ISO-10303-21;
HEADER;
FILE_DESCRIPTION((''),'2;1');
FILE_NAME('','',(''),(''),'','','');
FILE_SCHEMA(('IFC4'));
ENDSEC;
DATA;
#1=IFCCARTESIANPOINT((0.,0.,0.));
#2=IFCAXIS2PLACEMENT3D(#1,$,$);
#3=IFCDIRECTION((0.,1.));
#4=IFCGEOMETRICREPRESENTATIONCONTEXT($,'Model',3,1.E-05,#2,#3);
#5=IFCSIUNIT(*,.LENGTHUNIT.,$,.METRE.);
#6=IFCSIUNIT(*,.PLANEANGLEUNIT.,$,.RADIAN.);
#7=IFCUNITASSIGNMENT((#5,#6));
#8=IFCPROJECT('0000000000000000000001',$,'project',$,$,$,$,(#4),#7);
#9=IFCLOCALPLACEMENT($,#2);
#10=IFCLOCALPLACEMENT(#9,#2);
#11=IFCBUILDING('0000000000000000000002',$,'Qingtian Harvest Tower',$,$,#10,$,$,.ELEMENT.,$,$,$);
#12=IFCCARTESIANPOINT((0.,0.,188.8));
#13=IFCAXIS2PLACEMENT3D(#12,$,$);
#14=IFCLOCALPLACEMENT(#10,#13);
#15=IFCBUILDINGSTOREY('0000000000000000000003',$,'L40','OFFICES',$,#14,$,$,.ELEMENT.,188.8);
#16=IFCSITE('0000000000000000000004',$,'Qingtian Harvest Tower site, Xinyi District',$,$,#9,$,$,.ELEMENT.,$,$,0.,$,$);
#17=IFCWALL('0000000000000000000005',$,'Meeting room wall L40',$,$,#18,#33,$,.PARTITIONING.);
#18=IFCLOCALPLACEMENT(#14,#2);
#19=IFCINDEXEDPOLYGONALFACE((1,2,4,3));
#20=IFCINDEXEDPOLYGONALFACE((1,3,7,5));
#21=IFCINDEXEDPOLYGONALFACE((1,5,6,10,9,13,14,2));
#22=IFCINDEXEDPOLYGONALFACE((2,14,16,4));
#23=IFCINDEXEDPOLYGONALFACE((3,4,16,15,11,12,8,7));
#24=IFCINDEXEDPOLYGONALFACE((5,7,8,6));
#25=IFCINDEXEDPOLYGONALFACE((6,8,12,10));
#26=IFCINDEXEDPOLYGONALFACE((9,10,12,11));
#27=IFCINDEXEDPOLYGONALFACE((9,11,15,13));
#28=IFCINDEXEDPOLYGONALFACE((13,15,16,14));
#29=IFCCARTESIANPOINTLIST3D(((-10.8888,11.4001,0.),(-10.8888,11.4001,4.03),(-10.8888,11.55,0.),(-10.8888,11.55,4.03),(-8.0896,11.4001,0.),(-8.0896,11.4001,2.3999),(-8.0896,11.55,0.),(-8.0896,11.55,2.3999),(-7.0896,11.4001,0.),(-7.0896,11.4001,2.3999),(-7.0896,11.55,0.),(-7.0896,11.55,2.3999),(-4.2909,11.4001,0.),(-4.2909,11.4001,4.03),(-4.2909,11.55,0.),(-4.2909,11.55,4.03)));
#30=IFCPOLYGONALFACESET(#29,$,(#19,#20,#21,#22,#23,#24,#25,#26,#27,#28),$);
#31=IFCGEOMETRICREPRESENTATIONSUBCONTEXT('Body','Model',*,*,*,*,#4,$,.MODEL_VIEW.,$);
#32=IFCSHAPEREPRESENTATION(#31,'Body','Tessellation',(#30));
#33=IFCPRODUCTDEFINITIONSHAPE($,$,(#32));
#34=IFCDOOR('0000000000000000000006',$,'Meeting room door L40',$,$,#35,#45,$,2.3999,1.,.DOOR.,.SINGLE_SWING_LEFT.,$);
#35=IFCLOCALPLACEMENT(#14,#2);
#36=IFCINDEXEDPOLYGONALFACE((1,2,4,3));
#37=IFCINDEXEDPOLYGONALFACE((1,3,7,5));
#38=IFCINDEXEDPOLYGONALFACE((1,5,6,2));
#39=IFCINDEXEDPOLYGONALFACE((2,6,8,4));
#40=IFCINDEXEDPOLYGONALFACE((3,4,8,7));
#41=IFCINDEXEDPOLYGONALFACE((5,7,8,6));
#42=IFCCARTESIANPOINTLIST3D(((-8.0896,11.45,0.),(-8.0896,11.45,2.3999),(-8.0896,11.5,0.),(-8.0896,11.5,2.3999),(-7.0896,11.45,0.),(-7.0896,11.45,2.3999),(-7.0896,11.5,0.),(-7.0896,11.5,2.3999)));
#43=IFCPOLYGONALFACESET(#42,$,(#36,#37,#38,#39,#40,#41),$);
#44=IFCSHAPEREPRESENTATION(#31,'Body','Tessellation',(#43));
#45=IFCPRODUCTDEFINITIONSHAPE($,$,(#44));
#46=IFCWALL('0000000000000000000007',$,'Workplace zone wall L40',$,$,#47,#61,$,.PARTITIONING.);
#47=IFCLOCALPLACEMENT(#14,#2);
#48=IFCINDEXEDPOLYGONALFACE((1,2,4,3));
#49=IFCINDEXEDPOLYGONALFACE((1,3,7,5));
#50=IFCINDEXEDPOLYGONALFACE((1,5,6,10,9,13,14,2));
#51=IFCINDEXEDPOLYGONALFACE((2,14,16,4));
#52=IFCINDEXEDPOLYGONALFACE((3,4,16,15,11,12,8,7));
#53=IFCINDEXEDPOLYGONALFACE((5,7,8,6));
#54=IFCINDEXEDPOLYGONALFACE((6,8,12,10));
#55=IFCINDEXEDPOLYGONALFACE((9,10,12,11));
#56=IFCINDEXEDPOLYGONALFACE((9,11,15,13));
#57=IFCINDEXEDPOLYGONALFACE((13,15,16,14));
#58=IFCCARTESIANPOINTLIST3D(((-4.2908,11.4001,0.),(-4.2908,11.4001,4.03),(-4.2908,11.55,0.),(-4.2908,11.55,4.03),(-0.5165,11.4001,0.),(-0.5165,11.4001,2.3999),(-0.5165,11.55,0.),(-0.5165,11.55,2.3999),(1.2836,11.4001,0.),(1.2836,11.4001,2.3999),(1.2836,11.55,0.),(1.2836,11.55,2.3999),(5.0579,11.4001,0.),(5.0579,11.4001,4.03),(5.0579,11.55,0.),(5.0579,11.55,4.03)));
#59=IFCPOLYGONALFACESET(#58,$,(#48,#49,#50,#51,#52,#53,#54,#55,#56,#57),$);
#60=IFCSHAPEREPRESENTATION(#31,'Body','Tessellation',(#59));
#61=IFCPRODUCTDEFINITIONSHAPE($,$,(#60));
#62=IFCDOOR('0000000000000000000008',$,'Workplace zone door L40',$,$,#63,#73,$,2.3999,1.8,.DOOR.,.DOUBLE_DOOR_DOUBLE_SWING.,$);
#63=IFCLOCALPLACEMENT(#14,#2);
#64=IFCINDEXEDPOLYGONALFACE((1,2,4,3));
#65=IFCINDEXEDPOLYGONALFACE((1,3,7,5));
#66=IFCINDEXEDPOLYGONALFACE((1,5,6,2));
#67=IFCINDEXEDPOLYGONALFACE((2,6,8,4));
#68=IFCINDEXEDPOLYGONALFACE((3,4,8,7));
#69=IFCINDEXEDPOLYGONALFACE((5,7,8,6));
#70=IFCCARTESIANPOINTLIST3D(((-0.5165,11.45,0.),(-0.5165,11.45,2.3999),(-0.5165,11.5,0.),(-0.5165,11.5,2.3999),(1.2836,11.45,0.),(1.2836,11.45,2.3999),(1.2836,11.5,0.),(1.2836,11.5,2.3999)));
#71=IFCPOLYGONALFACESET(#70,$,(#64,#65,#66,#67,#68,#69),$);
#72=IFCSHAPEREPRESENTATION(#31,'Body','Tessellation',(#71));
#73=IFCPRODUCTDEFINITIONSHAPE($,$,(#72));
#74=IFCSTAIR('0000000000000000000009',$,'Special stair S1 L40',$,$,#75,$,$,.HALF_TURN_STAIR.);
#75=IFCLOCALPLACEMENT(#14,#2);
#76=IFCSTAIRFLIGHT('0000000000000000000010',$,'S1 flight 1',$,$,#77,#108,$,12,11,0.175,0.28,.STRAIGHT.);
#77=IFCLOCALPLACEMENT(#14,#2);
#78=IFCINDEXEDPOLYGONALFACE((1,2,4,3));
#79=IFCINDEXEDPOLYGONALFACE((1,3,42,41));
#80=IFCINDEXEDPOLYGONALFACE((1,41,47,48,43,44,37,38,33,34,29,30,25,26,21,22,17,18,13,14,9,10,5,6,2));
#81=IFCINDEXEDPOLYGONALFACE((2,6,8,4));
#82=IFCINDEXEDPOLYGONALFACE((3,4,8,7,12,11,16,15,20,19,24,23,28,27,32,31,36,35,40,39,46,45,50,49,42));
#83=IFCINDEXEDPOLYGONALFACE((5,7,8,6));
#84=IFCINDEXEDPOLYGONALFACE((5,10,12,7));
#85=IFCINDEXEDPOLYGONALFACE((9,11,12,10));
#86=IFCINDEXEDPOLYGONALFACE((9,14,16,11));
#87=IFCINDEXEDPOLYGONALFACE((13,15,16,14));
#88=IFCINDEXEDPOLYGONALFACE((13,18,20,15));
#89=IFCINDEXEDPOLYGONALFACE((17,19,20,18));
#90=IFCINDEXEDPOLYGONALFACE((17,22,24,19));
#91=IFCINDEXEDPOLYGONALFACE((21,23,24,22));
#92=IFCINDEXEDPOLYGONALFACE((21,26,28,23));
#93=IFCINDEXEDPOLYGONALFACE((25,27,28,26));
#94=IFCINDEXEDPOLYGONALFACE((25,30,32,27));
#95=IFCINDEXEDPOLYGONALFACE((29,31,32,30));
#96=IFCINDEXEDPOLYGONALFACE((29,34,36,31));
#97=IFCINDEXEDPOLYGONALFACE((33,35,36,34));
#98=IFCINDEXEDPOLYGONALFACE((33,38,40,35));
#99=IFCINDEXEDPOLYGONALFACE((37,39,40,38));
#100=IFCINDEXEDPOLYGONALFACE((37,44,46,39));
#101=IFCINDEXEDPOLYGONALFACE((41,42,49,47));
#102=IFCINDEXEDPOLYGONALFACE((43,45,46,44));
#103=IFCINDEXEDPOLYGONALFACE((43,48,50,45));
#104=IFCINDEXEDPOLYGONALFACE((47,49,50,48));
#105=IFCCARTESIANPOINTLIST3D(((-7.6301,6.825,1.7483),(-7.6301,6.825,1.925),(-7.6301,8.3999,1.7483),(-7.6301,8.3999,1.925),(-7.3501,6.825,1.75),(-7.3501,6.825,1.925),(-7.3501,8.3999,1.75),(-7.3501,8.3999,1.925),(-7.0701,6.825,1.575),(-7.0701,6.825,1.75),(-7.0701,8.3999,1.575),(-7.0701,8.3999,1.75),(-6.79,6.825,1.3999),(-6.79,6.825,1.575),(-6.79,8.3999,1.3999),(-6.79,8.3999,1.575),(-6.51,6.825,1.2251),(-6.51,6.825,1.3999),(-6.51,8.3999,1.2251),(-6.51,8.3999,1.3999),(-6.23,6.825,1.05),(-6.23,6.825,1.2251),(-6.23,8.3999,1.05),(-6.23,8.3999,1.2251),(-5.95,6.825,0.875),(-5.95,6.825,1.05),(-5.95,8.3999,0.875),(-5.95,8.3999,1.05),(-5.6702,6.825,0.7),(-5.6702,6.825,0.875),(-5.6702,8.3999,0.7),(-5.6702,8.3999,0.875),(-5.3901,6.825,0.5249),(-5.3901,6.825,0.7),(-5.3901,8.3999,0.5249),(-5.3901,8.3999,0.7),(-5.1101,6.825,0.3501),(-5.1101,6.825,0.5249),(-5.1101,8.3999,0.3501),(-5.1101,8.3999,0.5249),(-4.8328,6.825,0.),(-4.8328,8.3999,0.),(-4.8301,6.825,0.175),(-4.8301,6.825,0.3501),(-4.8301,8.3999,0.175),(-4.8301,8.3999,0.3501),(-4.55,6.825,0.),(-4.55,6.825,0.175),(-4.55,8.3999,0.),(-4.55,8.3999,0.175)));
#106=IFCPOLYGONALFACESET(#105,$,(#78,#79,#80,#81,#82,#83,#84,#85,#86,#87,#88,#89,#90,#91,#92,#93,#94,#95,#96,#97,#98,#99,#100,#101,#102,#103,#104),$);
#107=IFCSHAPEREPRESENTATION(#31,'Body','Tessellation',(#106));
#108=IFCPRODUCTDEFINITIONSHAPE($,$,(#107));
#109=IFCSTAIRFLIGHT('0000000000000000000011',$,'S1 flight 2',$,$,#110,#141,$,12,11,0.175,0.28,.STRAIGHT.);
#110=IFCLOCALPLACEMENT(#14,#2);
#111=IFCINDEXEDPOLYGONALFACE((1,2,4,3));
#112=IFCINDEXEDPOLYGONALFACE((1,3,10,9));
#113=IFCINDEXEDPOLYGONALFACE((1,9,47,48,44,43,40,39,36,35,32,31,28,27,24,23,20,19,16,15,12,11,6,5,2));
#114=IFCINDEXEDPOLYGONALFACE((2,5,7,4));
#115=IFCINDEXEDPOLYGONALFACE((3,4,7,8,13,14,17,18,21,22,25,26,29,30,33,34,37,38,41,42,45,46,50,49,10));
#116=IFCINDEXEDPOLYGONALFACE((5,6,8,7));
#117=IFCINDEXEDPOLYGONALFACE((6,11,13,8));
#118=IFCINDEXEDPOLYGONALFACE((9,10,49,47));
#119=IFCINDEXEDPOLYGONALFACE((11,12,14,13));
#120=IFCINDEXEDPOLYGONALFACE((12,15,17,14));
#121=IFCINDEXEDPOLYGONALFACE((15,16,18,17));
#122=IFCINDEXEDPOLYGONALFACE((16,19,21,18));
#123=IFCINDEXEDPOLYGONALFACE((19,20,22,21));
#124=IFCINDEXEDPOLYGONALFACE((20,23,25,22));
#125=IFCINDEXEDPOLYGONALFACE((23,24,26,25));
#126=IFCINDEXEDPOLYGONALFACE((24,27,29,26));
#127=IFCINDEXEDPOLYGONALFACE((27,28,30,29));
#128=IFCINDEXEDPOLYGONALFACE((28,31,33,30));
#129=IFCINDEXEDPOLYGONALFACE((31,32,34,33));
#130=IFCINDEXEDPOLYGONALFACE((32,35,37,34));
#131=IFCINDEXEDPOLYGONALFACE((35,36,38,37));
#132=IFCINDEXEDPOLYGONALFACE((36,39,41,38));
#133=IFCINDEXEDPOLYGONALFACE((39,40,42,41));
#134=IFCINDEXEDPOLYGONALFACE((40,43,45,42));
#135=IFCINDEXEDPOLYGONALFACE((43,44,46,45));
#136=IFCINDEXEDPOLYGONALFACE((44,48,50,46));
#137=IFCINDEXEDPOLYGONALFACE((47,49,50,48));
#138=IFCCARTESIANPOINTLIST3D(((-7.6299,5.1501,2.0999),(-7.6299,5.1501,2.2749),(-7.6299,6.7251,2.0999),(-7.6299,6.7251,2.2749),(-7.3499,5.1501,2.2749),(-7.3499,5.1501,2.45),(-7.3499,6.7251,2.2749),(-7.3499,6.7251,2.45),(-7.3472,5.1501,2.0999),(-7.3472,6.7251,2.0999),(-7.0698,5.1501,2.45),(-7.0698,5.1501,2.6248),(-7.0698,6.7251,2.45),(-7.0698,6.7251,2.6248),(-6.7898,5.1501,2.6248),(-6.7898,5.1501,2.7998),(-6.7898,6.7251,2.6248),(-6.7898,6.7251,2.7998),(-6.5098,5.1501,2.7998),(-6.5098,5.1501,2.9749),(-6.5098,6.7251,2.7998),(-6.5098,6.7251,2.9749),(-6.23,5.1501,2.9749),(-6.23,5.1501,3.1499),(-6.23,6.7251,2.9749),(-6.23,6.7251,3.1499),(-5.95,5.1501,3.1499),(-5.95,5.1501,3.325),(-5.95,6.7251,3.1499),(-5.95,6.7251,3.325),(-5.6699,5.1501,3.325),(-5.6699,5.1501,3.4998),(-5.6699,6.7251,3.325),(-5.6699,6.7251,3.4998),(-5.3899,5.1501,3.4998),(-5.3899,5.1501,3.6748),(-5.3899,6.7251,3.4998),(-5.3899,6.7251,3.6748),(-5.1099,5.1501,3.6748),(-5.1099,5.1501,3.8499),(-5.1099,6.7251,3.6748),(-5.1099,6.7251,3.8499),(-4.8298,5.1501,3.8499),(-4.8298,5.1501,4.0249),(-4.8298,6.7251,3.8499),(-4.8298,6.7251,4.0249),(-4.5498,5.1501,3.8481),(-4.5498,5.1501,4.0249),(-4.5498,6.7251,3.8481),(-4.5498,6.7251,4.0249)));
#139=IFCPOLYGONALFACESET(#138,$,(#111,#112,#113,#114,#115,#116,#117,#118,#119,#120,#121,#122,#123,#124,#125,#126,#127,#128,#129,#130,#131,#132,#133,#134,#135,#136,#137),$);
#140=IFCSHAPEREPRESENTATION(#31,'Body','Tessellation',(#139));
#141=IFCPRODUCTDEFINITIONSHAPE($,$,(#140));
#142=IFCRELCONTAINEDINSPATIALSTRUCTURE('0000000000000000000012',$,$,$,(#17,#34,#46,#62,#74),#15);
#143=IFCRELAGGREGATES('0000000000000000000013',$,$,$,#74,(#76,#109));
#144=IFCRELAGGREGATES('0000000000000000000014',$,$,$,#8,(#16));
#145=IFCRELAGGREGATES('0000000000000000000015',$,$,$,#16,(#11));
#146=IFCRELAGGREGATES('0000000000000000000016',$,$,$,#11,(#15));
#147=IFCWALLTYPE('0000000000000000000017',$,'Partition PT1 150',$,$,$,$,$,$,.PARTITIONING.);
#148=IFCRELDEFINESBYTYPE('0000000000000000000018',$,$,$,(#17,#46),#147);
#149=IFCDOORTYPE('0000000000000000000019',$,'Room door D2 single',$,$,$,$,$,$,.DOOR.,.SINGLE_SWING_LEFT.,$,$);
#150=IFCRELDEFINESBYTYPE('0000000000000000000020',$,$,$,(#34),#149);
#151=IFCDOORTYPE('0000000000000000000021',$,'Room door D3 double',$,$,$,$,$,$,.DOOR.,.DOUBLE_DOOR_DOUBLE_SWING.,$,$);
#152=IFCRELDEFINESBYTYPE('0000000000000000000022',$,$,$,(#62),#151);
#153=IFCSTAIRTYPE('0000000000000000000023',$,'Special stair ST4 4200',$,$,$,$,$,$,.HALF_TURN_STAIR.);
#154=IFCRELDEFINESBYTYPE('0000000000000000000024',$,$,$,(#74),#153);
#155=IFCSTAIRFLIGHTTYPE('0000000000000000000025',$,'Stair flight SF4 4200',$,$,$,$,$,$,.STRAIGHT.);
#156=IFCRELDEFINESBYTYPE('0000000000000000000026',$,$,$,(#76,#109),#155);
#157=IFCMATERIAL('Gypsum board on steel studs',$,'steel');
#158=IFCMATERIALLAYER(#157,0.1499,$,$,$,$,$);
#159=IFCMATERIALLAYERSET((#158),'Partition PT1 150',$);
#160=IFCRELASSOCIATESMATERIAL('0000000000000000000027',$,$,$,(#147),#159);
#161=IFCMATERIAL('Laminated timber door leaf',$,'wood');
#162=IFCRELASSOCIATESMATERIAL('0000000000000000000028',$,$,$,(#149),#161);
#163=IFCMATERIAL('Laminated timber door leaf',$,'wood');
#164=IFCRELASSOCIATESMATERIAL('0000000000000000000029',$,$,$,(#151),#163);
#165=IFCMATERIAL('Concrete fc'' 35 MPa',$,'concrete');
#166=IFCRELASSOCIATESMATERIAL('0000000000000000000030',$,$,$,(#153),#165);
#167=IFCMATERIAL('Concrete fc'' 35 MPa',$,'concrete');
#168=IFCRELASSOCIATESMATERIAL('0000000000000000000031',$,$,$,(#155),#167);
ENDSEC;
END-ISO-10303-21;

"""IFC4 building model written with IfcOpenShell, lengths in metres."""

from ifc_helpers import new_model, si_unit, direction, frame, frame_2d, origin, place, context, subcontext, project, spatial, polyline, rectangle, outline, extrude, material, layer, layer_set, type_object, element, fill, aggregate, save


model = new_model("IFC4")

# Units and contexts
model_context = context("Model", 3, precision=1e-05, world=origin(), true_north=direction((0.0, 1.0)))
body_context = subcontext(model_context, "Body", "Model", "MODEL_VIEW")
ifc_project = project(units=[si_unit("LENGTHUNIT", "METRE"), si_unit("PLANEANGLEUNIT", "RADIAN")], contexts=[model_context])

# Site, building, storey
site_placement = place(None, origin())
site = spatial("IfcSite", under=ifc_project, at=site_placement, Name="Qingtian Harvest Tower site, Xinyi District", CompositionType="ELEMENT", RefElevation=0.0)
building_placement = place(site_placement, origin())
building = spatial("IfcBuilding", under=site, at=building_placement, Name="Qingtian Harvest Tower", CompositionType="ELEMENT")
storey_placement = place(building_placement, frame((0.0, 0.0, 188.8)))
storey = spatial("IfcBuildingStorey", under=building, at=storey_placement, Name="L40", Description="OFFICES", CompositionType="ELEMENT", Elevation=188.8)

# Shared definitions
ifc_material_1 = material(Name="Gypsum board on steel studs", Category="steel")
ifc_layer_1 = layer(ifc_material_1, 0.1499)
ifc_layer_set_1 = layer_set([ifc_layer_1], Name="Partition PT1 150")
wall_type_1 = type_object("IfcWallType", Name="Partition PT1 150", PredefinedType="PARTITIONING", material=ifc_layer_set_1)

# Walls, openings, doors
wall_1_placement = place(storey_placement, frame((-10.8887, 11.4751, 0.0), z_axis=(0.0, 0.0, 1.0), x_axis=(1.0, 0.0, 0.0)))
wall_1 = element("IfcWall", 1, at=wall_1_placement, inside=storey, type_object=wall_type_1, Name="Meeting room wall L40", PredefinedType="PARTITIONING", context=body_context, shape_type="SweptSolid", body=[
    extrude(rectangle(XDim=6.5979, YDim=0.1499, at=frame_2d((3.2988, 0.0))), origin(), (0.0, 0.0, 1.0), 4.03),
])
opening_1_placement = place(wall_1_placement, frame((2.7991, 0.0, 0.0)))
opening_1 = element("IfcOpeningElement", 2, at=opening_1_placement, cuts=wall_1, PredefinedType="OPENING", context=body_context, shape_type="SweptSolid", body=[
    extrude(rectangle(XDim=1.0, YDim=2.3999, at=frame_2d((0.5, 1.2))), frame((0.0, 0.085, 0.0), z_axis=(0.0, -1.0, 0.0), x_axis=(1.0, 0.0, 0.0)), (0.0, 0.0, 1.0), 0.1699),
])
ifc_material_2 = material(Name="Laminated timber door leaf", Category="wood")
door_type_1 = type_object("IfcDoorType", Name="Room door D2 single", OperationType="SINGLE_SWING_LEFT", PredefinedType="DOOR", material=ifc_material_2)
door_1_placement = place(opening_1_placement, origin())
door_1 = element("IfcDoor", 3, at=door_1_placement, inside=storey, type_object=door_type_1, Name="Meeting room door L40", OperationType="SINGLE_SWING_LEFT", OverallHeight=2.3999, OverallWidth=1.0, PredefinedType="DOOR", context=body_context, shape_type="SweptSolid", body=[
    extrude(rectangle(XDim=1.0, YDim=2.3999, at=frame_2d((0.5, 1.2))), frame((0.0, 0.0249, 0.0), z_axis=(0.0, -1.0, 0.0), x_axis=(1.0, 0.0, 0.0)), (0.0, 0.0, 1.0), 0.05),
])
fill(opening_1, door_1)
wall_2_placement = place(storey_placement, frame((-4.2908, 11.4751, 0.0), z_axis=(0.0, 0.0, 1.0), x_axis=(1.0, 0.0, 0.0)))
wall_2 = element("IfcWall", 4, at=wall_2_placement, inside=storey, type_object=wall_type_1, Name="Workplace zone wall L40", PredefinedType="PARTITIONING", context=body_context, shape_type="SweptSolid", body=[
    extrude(rectangle(XDim=9.3486, YDim=0.1499, at=frame_2d((4.6743, 0.0))), origin(), (0.0, 0.0, 1.0), 4.03),
])
opening_2_placement = place(wall_2_placement, frame((3.7744, 0.0, 0.0)))
opening_2 = element("IfcOpeningElement", 5, at=opening_2_placement, cuts=wall_2, PredefinedType="OPENING", context=body_context, shape_type="SweptSolid", body=[
    extrude(rectangle(XDim=1.8, YDim=2.3999, at=frame_2d((0.8999, 1.2))), frame((0.0, 0.085, 0.0), z_axis=(0.0, -1.0, 0.0), x_axis=(1.0, 0.0, 0.0)), (0.0, 0.0, 1.0), 0.1699),
])
ifc_material_3 = material(Name="Laminated timber door leaf", Category="wood")
door_type_2 = type_object("IfcDoorType", Name="Room door D3 double", OperationType="DOUBLE_DOOR_DOUBLE_SWING", PredefinedType="DOOR", material=ifc_material_3)
door_2_placement = place(opening_2_placement, origin())
door_2 = element("IfcDoor", 6, at=door_2_placement, inside=storey, type_object=door_type_2, Name="Workplace zone door L40", OperationType="DOUBLE_DOOR_DOUBLE_SWING", OverallHeight=2.3999, OverallWidth=1.8, PredefinedType="DOOR", context=body_context, shape_type="SweptSolid", body=[
    extrude(rectangle(XDim=1.8, YDim=2.3999, at=frame_2d((0.8999, 1.2))), frame((0.0, 0.0249, 0.0), z_axis=(0.0, -1.0, 0.0), x_axis=(1.0, 0.0, 0.0)), (0.0, 0.0, 1.0), 0.05),
])
fill(opening_2, door_2)

# Stair, stair flights
ifc_material_4 = material(Name="Concrete fc' 35 MPa", Category="concrete")
stair_type = type_object("IfcStairType", Name="Special stair ST4 4200", PredefinedType="HALF_TURN_STAIR", material=ifc_material_4)
stair_placement = place(storey_placement, origin())
stair = element("IfcStair", 7, at=stair_placement, inside=storey, type_object=stair_type, Name="Special stair S1 L40", PredefinedType="HALF_TURN_STAIR")
ifc_material_5 = material(Name="Concrete fc' 35 MPa", Category="concrete")
stair_flight_type = type_object("IfcStairFlightType", Name="Stair flight SF4 4200", PredefinedType="STRAIGHT", material=ifc_material_5)
stair_flight_1_placement = place(storey_placement, frame((-4.55, 7.6125, 0.0), z_axis=(0.0, 0.0, 1.0), x_axis=(-1.0, 0.0, 0.0)))
stair_flight_1 = element("IfcStairFlight", 8, at=stair_flight_1_placement, type_object=stair_flight_type, Name="S1 flight 1", NumberOfRisers=12, NumberOfTreads=11, PredefinedType="STRAIGHT", RiserHeight=0.175, TreadLength=0.28, context=body_context, shape_type="SweptSolid", body=[
    extrude(outline(polyline([(0.0, 0.0), (0.0, 0.175), (0.28, 0.175), (0.28, 0.3501), (0.5601, 0.3501), (0.5601, 0.5249), (0.8401, 0.5249), (0.8401, 0.7), (1.1201, 0.7), (1.1201, 0.875), (1.3999, 0.875), (1.3999, 1.05), (1.6799, 1.05), (1.6799, 1.2251), (1.96, 1.2251), (1.96, 1.3999), (2.24, 1.3999), (2.24, 1.575), (2.52, 1.575), (2.52, 1.75), (2.8, 1.75), (2.8, 1.925), (3.0801, 1.925), (3.0801, 2.1001), (3.0801, 1.7483), (0.2827, 0.0), (0.0, 0.0)])), frame((0.0, 0.7876, 0.0), z_axis=(0.0, -1.0, 0.0), x_axis=(1.0, 0.0, 0.0)), (0.0, 0.0, 1.0), 1.575),
])
stair_flight_2_placement = place(storey_placement, frame((-7.6299, 5.9375, 2.0999), z_axis=(0.0, 0.0, 1.0), x_axis=(1.0, 0.0, 0.0)))
stair_flight_2 = element("IfcStairFlight", 9, at=stair_flight_2_placement, type_object=stair_flight_type, Name="S1 flight 2", NumberOfRisers=12, NumberOfTreads=11, PredefinedType="STRAIGHT", RiserHeight=0.175, TreadLength=0.28, context=body_context, shape_type="SweptSolid", body=[
    extrude(outline(polyline([(0.0, 0.0), (0.0, 0.175), (0.28, 0.175), (0.28, 0.3501), (0.5601, 0.3501), (0.5601, 0.5249), (0.8401, 0.5249), (0.8401, 0.7), (1.1201, 0.7), (1.1201, 0.875), (1.3999, 0.875), (1.3999, 1.05), (1.6799, 1.05), (1.6799, 1.2251), (1.96, 1.2251), (1.96, 1.3999), (2.24, 1.3999), (2.24, 1.575), (2.52, 1.575), (2.52, 1.75), (2.8, 1.75), (2.8, 1.925), (3.0801, 1.925), (3.0801, 2.1001), (3.0801, 1.7483), (0.2827, 0.0), (0.0, 0.0)])), frame((0.0, 0.7876, 0.0), z_axis=(0.0, -1.0, 0.0), x_axis=(1.0, 0.0, 0.0)), (0.0, 0.0, 1.0), 1.575),
])
aggregate(stair, [stair_flight_1, stair_flight_2])

save(model, "model.ifc")
